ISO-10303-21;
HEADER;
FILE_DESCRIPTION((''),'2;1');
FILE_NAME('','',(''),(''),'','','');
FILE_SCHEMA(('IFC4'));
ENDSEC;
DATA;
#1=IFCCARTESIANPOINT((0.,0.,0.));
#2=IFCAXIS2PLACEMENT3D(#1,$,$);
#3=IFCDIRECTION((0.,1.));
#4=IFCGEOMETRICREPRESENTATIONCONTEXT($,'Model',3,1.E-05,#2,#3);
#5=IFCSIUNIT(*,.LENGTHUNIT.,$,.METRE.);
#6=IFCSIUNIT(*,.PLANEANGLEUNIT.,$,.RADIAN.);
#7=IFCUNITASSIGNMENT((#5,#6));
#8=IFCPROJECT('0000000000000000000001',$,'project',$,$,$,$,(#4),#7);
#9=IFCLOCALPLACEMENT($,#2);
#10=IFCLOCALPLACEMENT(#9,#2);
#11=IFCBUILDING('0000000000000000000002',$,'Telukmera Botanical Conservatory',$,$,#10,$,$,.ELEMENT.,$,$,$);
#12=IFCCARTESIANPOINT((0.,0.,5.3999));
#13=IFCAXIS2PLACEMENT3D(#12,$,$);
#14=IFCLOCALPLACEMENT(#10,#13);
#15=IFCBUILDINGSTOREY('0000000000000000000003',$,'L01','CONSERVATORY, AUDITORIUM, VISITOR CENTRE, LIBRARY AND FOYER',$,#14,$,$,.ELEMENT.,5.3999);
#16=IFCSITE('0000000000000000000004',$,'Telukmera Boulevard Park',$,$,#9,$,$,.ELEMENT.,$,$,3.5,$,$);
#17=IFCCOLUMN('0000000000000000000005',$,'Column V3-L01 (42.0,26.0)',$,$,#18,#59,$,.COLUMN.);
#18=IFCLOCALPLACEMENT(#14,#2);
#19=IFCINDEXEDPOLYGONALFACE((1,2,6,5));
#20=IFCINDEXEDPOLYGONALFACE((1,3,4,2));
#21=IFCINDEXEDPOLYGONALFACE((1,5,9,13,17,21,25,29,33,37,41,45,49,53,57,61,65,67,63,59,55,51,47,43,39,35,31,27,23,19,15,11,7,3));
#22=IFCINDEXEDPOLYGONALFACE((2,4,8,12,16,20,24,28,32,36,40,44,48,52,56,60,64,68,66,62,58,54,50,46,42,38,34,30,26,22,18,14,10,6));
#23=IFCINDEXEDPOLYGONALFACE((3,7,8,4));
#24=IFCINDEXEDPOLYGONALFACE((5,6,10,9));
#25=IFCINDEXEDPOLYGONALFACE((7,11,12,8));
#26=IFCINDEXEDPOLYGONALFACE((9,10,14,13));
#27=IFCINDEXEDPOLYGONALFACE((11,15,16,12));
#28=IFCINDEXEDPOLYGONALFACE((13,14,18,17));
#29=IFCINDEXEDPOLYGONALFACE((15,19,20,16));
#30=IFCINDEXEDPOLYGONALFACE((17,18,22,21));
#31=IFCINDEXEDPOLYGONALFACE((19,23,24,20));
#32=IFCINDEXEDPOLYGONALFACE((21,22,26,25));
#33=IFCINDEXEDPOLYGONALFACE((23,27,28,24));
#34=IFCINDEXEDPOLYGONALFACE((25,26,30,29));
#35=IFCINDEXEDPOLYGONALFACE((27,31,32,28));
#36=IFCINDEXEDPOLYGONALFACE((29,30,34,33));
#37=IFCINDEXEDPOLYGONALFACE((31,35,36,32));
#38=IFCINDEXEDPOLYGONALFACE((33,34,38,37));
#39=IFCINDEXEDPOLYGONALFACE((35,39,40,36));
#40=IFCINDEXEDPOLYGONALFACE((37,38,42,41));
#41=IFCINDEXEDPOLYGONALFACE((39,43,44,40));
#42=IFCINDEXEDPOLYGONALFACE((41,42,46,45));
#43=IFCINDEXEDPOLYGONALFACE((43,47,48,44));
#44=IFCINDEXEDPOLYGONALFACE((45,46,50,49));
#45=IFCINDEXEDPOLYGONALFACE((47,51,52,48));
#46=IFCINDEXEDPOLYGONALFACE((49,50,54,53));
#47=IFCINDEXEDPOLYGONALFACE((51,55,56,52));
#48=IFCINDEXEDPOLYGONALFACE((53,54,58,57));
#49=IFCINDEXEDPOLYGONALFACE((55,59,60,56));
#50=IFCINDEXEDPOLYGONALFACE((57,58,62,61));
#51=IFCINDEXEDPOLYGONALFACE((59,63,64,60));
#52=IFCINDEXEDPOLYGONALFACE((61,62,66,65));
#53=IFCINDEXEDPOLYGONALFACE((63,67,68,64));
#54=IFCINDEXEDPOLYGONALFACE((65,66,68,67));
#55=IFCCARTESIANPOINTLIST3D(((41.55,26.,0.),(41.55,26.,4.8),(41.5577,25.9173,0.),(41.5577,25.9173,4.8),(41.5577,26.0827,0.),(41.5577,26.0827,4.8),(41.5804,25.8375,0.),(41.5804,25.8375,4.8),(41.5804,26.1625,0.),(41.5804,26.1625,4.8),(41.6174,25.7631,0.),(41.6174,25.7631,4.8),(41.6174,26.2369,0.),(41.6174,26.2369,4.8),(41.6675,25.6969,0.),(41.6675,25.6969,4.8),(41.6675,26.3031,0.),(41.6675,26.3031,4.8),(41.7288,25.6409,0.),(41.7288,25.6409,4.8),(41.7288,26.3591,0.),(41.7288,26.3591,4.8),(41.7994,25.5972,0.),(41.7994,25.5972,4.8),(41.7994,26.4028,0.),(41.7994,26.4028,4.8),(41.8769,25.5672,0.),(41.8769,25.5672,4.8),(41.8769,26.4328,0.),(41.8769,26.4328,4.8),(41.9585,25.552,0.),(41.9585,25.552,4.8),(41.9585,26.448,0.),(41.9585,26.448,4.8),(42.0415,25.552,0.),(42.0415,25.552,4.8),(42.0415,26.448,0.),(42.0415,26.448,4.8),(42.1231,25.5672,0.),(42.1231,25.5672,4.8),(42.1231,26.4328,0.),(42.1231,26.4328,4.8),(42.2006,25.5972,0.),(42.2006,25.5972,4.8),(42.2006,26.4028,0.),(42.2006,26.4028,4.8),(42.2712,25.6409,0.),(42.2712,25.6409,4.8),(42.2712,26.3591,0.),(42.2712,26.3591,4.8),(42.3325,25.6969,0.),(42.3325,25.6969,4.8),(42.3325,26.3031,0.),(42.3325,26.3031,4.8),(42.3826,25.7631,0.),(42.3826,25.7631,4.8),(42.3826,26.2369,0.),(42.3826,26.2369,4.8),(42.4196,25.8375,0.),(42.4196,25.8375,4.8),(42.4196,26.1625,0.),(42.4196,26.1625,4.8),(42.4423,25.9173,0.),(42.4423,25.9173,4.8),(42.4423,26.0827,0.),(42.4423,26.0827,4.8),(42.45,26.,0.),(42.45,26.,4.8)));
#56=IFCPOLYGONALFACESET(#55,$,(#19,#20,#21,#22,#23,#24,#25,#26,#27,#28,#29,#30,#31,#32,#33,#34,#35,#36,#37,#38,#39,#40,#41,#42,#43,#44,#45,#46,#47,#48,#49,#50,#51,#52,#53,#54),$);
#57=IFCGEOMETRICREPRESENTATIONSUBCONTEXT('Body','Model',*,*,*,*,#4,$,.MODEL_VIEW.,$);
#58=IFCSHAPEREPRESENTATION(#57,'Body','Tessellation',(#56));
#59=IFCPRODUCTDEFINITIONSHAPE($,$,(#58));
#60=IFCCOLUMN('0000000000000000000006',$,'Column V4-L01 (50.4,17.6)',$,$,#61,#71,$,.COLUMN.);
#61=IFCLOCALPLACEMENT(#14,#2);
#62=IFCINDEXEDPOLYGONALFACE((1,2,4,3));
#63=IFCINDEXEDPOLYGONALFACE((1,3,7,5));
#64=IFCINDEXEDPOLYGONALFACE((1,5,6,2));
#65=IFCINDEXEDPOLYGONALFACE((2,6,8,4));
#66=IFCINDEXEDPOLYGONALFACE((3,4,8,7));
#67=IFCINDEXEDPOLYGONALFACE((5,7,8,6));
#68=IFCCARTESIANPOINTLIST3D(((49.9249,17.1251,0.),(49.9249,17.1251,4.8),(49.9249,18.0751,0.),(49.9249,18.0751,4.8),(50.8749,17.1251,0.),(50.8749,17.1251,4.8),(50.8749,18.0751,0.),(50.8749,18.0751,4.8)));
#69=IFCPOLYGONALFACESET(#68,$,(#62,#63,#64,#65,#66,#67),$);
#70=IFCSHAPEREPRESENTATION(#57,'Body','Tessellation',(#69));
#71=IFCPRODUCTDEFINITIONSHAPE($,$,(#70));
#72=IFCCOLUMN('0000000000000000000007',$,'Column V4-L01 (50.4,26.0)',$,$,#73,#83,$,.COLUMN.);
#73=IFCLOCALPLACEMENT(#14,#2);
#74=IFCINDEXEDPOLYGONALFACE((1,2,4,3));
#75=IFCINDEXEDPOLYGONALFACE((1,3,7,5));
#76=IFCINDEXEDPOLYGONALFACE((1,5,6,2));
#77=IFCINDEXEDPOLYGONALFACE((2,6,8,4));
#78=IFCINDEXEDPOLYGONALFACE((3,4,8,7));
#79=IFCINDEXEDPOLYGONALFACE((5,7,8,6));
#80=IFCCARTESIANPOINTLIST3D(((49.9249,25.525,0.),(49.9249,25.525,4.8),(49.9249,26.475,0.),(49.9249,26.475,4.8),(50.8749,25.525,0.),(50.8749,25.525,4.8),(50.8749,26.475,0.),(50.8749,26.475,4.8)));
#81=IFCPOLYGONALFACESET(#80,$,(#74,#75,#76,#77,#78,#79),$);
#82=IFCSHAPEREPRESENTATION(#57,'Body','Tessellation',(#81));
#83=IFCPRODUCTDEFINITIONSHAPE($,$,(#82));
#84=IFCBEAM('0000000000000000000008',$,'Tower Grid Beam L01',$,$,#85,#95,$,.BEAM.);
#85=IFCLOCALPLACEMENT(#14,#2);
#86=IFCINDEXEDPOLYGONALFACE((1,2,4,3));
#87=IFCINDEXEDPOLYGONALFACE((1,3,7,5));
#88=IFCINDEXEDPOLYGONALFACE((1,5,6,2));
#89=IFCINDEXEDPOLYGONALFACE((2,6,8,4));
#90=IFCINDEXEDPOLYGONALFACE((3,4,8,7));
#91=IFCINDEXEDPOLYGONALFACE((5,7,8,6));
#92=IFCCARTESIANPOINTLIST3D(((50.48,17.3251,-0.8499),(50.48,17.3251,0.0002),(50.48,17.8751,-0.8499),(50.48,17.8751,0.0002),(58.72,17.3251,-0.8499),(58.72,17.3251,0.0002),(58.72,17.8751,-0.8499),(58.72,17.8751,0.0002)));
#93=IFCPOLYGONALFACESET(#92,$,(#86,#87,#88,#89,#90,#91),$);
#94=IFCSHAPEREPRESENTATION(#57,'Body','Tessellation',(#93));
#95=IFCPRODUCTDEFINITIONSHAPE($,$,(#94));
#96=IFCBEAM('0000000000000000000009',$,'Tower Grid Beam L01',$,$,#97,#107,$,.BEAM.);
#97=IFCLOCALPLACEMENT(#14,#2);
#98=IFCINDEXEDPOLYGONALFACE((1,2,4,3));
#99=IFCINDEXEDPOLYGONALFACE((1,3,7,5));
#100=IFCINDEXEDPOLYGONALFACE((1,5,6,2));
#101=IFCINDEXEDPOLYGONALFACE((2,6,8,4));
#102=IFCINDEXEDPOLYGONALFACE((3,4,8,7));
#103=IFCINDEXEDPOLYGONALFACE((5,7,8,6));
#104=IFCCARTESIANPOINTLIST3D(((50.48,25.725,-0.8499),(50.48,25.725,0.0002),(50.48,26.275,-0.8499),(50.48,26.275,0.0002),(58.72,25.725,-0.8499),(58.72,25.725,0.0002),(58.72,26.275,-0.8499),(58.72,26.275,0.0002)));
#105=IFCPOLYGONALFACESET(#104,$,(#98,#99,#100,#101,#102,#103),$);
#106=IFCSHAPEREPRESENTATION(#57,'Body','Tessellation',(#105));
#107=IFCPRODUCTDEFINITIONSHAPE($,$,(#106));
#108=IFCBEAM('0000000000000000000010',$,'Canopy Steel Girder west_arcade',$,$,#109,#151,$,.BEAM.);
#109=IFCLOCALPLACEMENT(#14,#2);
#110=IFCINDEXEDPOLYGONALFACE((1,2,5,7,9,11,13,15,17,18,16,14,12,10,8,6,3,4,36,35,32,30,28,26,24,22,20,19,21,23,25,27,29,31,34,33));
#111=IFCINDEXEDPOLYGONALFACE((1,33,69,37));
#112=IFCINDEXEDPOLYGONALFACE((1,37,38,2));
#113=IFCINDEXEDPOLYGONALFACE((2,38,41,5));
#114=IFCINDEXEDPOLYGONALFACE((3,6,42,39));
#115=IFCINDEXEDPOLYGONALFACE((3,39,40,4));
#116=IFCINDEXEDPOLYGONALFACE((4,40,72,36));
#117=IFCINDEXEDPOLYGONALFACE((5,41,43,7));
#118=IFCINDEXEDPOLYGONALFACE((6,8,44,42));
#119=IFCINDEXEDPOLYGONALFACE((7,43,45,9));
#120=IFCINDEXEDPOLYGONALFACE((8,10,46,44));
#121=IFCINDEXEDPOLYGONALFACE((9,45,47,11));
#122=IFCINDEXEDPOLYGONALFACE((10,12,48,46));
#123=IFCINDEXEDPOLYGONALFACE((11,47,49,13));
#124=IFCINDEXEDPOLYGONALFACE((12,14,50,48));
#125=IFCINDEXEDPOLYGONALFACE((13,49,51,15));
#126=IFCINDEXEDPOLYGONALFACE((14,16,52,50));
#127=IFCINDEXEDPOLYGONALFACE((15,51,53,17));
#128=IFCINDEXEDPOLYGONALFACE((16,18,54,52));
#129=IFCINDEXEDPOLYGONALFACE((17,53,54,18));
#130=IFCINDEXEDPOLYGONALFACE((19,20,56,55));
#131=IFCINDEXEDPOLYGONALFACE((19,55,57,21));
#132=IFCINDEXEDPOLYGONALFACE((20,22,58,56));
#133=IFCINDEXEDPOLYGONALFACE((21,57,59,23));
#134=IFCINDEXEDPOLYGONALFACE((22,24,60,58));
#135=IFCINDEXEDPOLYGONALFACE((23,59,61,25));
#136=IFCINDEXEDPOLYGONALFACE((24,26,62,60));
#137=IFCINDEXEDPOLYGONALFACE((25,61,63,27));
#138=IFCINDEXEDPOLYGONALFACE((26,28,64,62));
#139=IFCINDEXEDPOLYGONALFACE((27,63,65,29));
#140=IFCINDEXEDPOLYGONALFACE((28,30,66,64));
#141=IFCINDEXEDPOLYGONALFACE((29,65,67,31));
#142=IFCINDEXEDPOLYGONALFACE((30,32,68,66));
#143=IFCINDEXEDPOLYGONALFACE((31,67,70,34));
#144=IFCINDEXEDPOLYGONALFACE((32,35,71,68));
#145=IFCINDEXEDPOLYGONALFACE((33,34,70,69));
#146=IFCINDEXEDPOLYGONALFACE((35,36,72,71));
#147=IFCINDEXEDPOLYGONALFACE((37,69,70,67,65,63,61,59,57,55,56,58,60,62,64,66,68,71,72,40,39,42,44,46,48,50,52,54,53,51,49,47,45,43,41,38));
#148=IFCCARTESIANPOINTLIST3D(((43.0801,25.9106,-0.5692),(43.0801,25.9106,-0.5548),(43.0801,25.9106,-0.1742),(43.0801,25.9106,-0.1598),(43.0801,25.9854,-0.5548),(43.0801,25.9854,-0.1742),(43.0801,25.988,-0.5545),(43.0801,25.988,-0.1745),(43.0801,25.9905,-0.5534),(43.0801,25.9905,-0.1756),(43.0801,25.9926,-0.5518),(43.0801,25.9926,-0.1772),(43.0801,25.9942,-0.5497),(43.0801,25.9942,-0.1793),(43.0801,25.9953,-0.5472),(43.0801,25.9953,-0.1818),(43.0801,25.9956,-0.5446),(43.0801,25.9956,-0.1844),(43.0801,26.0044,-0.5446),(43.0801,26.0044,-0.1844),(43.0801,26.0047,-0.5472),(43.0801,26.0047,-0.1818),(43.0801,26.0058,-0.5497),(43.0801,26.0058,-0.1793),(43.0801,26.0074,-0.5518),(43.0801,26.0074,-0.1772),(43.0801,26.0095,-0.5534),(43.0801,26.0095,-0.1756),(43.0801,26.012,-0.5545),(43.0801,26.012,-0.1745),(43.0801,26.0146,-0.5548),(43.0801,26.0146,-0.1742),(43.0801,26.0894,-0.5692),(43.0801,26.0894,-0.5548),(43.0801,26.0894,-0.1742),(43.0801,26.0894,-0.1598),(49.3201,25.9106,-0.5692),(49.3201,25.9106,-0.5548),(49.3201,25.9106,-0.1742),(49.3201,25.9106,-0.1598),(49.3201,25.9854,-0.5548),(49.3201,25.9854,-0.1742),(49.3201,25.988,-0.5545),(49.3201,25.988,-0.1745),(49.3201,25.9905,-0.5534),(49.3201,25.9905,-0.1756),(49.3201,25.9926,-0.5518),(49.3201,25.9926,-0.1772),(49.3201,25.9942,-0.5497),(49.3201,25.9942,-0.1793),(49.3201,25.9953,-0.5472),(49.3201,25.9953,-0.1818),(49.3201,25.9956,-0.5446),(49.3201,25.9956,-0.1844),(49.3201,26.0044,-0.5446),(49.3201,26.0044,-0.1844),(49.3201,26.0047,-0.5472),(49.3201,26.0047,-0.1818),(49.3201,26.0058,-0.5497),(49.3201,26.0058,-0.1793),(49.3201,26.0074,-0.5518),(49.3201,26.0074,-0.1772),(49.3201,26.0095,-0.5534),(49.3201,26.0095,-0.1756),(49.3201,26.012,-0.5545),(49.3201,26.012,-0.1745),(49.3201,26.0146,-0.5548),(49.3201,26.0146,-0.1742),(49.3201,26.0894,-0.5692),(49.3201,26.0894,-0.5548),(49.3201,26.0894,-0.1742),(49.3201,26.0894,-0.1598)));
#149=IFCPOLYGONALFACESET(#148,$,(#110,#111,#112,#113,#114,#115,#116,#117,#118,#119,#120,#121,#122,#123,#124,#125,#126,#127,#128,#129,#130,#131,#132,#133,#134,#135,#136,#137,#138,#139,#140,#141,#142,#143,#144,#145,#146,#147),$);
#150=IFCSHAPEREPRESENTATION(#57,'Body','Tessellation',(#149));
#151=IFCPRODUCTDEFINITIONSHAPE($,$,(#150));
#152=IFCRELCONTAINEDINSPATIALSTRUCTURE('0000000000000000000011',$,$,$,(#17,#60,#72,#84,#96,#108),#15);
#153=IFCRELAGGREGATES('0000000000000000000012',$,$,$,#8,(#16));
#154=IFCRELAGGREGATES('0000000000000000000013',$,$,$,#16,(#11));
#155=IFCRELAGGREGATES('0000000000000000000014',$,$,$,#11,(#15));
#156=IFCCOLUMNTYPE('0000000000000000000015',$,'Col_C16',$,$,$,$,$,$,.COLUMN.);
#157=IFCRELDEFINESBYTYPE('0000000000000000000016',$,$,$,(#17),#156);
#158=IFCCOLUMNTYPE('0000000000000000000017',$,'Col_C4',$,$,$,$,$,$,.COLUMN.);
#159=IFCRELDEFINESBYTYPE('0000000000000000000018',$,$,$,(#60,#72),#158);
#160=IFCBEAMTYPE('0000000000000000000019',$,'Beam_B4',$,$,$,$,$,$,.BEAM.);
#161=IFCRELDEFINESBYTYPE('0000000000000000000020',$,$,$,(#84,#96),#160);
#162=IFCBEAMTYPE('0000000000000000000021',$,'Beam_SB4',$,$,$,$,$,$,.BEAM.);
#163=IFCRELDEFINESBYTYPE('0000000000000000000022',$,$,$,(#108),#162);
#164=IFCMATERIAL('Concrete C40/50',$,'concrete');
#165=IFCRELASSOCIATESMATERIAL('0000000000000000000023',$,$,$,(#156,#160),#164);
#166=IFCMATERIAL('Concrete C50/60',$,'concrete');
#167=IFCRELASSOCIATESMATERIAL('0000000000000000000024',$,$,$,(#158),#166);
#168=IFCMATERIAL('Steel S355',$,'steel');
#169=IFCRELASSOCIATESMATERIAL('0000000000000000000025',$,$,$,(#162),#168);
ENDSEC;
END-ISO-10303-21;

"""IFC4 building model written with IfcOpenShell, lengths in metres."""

from ifc_helpers import new_model, si_unit, direction, frame, origin, origin_2d, place, context, subcontext, project, spatial, rectangle, circle, i_section, extrude, material, material_profile, profile_set, type_object, element, save


model = new_model("IFC4")

# Units and contexts
model_context = context("Model", 3, precision=1e-05, world=origin(), true_north=direction((0.0, 1.0)))
body_context = subcontext(model_context, "Body", "Model", "MODEL_VIEW")
ifc_project = project(units=[si_unit("LENGTHUNIT", "METRE"), si_unit("PLANEANGLEUNIT", "RADIAN")], contexts=[model_context])

# Site, building, storey
site_placement = place(None, origin())
site = spatial("IfcSite", under=ifc_project, at=site_placement, Name="Telukmera Boulevard Park", CompositionType="ELEMENT", RefElevation=3.5)
building_placement = place(site_placement, origin())
building = spatial("IfcBuilding", under=site, at=building_placement, Name="Telukmera Botanical Conservatory", CompositionType="ELEMENT")
storey_placement = place(building_placement, frame((0.0, 0.0, 5.3999)))
storey = spatial("IfcBuildingStorey", under=building, at=storey_placement, Name="L01", Description="CONSERVATORY, AUDITORIUM, VISITOR CENTRE, LIBRARY AND FOYER", CompositionType="ELEMENT", Elevation=5.3999)

# Columns
ifc_material_1 = material(Name="Concrete C40/50", Category="concrete")
ifc_material_profile_1 = material_profile(ifc_material_1, circle(Radius=0.45, at=origin_2d()), Name="RC D900")
ifc_profile_set_1 = profile_set([ifc_material_profile_1], Name="Concrete C40/50")
column_type_1 = type_object("IfcColumnType", Name="Col_C16", PredefinedType="COLUMN", material=ifc_profile_set_1)
column_placement = place(storey_placement, frame((42.0, 26.0, 0.0), z_axis=(0.0, 0.0, 1.0), x_axis=(1.0, 0.0, 0.0)))
element("IfcColumn", 1, at=column_placement, inside=storey, type_object=column_type_1, Name="Column V3-L01 (42.0,26.0)", PredefinedType="COLUMN", context=body_context, shape_type="SweptSolid", body=[
    extrude(circle(Radius=0.45, at=origin_2d()), origin(), (0.0, 0.0, 1.0), 4.8),
])
ifc_material_2 = material(Name="Concrete C50/60", Category="concrete")
ifc_material_profile_2 = material_profile(ifc_material_2, rectangle(XDim=0.95, YDim=0.95, at=origin_2d()), Name="RC 950x950")
ifc_profile_set_2 = profile_set([ifc_material_profile_2], Name="Concrete C50/60")
column_type_2 = type_object("IfcColumnType", Name="Col_C4", PredefinedType="COLUMN", material=ifc_profile_set_2)
for number, where, z_axis, x_axis, name in (
    (2, (50.3999, 17.6001, 0.0), (0.0, 0.0, 1.0), (1.0, 0.0, 0.0), "Column V4-L01 (50.4,17.6)"),
    (3, (50.3999, 26.0, 0.0), (0.0, 0.0, 1.0), (1.0, 0.0, 0.0), "Column V4-L01 (50.4,26.0)"),
):
    element("IfcColumn", number, at=place(storey_placement, frame(where, z_axis=z_axis, x_axis=x_axis)), inside=storey, type_object=column_type_2, Name=name, PredefinedType="COLUMN", context=body_context, shape_type="SweptSolid", body=[
        extrude(rectangle(XDim=0.95, YDim=0.95, at=origin_2d()), origin(), (0.0, 0.0, 1.0), 4.8),
    ])

# Beams
ifc_material_profile_3 = material_profile(ifc_material_1, rectangle(XDim=0.55, YDim=0.8501, at=origin_2d()), Name="RC 550x850")
ifc_profile_set_3 = profile_set([ifc_material_profile_3], Name="Concrete C40/50")
beam_type_1 = type_object("IfcBeamType", Name="Beam_B4", PredefinedType="BEAM", material=ifc_profile_set_3)
for number, where, z_axis, x_axis, name in (
    (4, (50.48, 17.6001, -0.4248), (1.0, 0.0, 0.0), (0.0, 1.0, 0.0), "Tower Grid Beam L01"),
    (5, (50.48, 26.0, -0.4248), (1.0, 0.0, 0.0), (0.0, 1.0, 0.0), "Tower Grid Beam L01"),
):
    element("IfcBeam", number, at=place(storey_placement, frame(where, z_axis=z_axis, x_axis=x_axis)), inside=storey, type_object=beam_type_1, Name=name, PredefinedType="BEAM", context=body_context, shape_type="SweptSolid", body=[
        extrude(rectangle(XDim=0.55, YDim=0.8501, at=origin_2d()), origin(), (0.0, 0.0, 1.0), 8.24),
    ])
ifc_material_3 = material(Name="Steel S355", Category="steel")
ifc_material_profile_4 = material_profile(ifc_material_3, i_section(OverallWidth=0.1787, OverallDepth=0.4094, WebThickness=0.0088, FlangeThickness=0.0144, FilletRadius=0.0103, at=origin_2d()), Name="UB 406x178x67")
ifc_profile_set_4 = profile_set([ifc_material_profile_4], Name="Steel S355")
beam_type_2 = type_object("IfcBeamType", Name="Beam_SB4", PredefinedType="BEAM", material=ifc_profile_set_4)
beam_1_placement = place(storey_placement, frame((43.0801, 26.0, -0.3645), z_axis=(1.0, 0.0, 0.0), x_axis=(0.0, 1.0, 0.0)))
element("IfcBeam", 6, at=beam_1_placement, inside=storey, type_object=beam_type_2, Name="Canopy Steel Girder west_arcade", PredefinedType="BEAM", context=body_context, shape_type="SweptSolid", body=[
    extrude(i_section(OverallWidth=0.1787, OverallDepth=0.4094, WebThickness=0.0088, FlangeThickness=0.0144, FilletRadius=0.0103, at=origin_2d()), origin(), (0.0, 0.0, 1.0), 6.24),
])

save(model, "model.ifc")
